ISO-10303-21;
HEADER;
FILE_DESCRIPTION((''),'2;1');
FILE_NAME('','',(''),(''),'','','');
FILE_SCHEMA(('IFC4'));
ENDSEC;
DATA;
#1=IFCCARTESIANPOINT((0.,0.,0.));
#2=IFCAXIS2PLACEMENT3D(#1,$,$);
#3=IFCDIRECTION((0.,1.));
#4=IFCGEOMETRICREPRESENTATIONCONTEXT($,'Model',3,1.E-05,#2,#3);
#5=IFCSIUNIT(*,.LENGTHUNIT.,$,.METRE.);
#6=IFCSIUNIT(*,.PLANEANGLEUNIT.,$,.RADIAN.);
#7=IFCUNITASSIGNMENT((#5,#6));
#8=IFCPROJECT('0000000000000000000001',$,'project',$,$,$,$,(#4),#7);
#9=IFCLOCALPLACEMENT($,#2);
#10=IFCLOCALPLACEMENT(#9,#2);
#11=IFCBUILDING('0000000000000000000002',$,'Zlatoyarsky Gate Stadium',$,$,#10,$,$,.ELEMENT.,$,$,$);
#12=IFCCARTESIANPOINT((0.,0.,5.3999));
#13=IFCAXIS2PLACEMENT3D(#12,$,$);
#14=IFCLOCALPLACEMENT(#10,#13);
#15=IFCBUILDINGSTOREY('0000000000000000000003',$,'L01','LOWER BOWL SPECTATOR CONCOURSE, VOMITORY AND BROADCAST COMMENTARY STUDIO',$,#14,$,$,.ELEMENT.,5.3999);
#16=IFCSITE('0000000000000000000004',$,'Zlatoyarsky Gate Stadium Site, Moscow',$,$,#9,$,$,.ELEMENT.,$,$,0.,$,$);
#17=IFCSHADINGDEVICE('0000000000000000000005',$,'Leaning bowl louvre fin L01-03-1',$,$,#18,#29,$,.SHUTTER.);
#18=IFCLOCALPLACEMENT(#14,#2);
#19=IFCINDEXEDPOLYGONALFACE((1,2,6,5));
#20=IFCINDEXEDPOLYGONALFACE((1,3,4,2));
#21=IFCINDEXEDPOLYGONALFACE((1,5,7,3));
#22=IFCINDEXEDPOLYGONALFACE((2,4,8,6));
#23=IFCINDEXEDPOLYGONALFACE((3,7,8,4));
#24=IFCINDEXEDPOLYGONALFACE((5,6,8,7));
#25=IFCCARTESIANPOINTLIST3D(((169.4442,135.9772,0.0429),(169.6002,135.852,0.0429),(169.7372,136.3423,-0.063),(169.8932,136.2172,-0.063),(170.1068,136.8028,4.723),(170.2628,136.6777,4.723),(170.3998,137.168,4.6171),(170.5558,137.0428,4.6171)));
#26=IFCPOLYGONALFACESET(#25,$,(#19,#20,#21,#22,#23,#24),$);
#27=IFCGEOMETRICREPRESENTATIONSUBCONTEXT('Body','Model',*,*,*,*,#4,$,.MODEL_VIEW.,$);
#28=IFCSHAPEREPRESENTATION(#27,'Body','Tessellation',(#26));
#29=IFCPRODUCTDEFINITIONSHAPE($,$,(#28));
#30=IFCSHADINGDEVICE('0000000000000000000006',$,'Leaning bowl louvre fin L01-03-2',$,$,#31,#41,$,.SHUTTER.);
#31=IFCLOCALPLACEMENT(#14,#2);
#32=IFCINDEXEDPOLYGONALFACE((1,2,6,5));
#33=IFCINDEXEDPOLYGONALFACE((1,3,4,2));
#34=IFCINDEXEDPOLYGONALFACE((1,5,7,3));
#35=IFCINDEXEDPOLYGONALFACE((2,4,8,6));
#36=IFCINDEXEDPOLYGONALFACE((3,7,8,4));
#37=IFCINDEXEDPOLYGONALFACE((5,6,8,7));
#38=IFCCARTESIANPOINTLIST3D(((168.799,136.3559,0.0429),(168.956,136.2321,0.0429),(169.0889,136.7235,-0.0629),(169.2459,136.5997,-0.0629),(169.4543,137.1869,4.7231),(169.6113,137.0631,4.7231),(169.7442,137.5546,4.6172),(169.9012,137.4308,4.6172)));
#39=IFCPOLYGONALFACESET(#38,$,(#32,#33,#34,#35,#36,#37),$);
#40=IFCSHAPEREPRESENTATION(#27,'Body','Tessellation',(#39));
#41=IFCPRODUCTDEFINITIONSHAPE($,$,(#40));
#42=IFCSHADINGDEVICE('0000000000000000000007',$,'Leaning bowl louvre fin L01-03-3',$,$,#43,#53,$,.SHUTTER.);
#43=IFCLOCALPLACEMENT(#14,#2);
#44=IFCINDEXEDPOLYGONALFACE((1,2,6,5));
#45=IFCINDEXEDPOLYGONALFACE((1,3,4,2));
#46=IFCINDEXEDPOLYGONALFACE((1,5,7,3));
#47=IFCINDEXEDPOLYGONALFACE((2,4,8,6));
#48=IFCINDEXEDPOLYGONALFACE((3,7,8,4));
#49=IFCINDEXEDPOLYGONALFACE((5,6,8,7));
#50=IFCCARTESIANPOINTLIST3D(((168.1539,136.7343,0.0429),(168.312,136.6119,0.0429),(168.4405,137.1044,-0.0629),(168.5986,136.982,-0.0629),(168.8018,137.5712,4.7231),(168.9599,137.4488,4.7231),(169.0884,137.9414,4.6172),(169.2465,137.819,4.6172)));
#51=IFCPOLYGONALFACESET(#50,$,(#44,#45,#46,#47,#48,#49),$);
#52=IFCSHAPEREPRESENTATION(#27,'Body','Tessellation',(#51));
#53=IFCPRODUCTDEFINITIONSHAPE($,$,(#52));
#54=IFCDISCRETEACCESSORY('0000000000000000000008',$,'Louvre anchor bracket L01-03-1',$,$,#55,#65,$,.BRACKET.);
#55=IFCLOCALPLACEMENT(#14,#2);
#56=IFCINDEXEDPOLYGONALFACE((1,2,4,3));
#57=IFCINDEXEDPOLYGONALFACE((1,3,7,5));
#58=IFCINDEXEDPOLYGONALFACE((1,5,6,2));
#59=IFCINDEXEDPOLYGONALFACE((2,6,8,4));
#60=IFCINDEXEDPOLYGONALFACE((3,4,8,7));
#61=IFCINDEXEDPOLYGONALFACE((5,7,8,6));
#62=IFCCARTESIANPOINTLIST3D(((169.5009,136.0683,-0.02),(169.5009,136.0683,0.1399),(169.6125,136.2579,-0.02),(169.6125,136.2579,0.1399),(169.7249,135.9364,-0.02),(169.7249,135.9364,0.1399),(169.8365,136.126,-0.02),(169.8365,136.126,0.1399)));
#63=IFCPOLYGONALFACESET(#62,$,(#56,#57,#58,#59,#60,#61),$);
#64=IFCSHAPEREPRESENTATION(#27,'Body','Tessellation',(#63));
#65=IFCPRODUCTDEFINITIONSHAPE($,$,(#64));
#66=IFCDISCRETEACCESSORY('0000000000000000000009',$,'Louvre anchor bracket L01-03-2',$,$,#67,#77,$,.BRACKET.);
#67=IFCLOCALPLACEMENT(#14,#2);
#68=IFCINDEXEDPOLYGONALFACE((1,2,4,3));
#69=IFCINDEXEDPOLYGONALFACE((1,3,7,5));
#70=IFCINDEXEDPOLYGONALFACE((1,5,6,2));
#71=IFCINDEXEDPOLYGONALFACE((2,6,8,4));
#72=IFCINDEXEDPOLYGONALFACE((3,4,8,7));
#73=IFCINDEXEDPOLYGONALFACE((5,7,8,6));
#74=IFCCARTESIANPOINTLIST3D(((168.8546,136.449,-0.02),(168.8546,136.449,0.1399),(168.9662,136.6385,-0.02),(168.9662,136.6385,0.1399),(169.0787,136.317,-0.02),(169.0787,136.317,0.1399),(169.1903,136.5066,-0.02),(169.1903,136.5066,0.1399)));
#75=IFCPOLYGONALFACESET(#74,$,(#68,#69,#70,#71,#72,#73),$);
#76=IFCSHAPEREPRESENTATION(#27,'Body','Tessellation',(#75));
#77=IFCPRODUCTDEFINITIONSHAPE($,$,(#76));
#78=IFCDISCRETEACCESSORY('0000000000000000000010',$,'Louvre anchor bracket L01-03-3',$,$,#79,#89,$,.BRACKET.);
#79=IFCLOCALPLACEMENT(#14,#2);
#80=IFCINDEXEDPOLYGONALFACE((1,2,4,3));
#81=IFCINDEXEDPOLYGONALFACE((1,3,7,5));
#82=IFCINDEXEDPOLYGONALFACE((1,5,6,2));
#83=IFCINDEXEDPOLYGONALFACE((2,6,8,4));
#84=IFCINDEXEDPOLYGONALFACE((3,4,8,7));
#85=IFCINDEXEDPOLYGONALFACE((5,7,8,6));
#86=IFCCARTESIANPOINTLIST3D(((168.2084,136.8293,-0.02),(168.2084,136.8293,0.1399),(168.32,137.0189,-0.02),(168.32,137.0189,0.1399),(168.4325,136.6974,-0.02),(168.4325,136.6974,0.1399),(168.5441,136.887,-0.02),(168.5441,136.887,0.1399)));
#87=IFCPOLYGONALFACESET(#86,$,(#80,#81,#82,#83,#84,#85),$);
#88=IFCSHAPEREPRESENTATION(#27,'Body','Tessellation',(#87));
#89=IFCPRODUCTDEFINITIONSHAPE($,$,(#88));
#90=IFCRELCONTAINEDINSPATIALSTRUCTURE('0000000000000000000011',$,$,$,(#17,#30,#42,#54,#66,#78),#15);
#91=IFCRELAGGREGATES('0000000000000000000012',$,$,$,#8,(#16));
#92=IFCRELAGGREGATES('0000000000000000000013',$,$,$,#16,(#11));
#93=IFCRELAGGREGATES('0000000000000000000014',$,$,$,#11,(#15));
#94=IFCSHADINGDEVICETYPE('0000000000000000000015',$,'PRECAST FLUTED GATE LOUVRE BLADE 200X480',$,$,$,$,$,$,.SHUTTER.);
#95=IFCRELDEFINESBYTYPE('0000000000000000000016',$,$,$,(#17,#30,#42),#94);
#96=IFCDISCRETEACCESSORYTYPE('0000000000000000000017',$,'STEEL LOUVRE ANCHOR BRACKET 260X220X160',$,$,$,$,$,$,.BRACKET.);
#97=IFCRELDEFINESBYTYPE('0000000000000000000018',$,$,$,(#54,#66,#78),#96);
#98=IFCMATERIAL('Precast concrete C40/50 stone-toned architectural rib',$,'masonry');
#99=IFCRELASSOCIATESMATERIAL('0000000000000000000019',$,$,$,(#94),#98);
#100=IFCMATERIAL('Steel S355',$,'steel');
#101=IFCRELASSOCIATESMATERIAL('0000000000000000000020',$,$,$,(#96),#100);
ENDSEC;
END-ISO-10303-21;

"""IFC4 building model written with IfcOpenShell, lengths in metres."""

from ifc_helpers import new_model, si_unit, direction, frame, origin, origin_2d, place, context, subcontext, project, spatial, rectangle, extrude, material, material_profile, profile_set, type_object, element, save


model = new_model("IFC4")

# Units and contexts
model_context = context("Model", 3, precision=1e-05, world=origin(), true_north=direction((0.0, 1.0)))
body_context = subcontext(model_context, "Body", "Model", "MODEL_VIEW")
ifc_project = project(units=[si_unit("LENGTHUNIT", "METRE"), si_unit("PLANEANGLEUNIT", "RADIAN")], contexts=[model_context])

# Site, building, storey
site_placement = place(None, origin())
site = spatial("IfcSite", under=ifc_project, at=site_placement, Name="Zlatoyarsky Gate Stadium Site, Moscow", CompositionType="ELEMENT", RefElevation=0.0)
building_placement = place(site_placement, origin())
building = spatial("IfcBuilding", under=site, at=building_placement, Name="Zlatoyarsky Gate Stadium", CompositionType="ELEMENT")
storey_placement = place(building_placement, frame((0.0, 0.0, 5.3999)))
storey = spatial("IfcBuildingStorey", under=building, at=storey_placement, Name="L01", Description="LOWER BOWL SPECTATOR CONCOURSE, VOMITORY AND BROADCAST COMMENTARY STUDIO", CompositionType="ELEMENT", Elevation=5.3999)

# Shared definitions
ifc_material_1 = material(Name="Steel S355", Category="steel")

# Shading devices
ifc_material_2 = material(Name="Precast concrete C40/50 stone-toned architectural rib", Category="masonry")
ifc_material_profile_1 = material_profile(ifc_material_2, rectangle(XDim=0.2, YDim=0.48, at=origin_2d()), Name="RIB 200X480")
ifc_profile_set_1 = profile_set([ifc_material_profile_1], Name="Precast concrete C40/50 stone-toned architectural rib")
shading_device_type = type_object("IfcShadingDeviceType", Name="PRECAST FLUTED GATE LOUVRE BLADE 200X480", PredefinedType="SHUTTER", material=ifc_profile_set_1)
for number, where, z_axis, x_axis, name in (
    (1, (169.6687, 136.0972, -0.01), (0.138087, 0.172074, 0.975358), (-0.779923, 0.625876, 0.0), "Leaning bowl louvre fin L01-03-1"),
    (2, (169.0225, 136.4778, -0.01), (0.136562, 0.173196, 0.975374), (-0.785261, 0.619165, 0.0), "Leaning bowl louvre fin L01-03-2"),
    (3, (168.3762, 136.8582, -0.01), (0.135035, 0.174416, 0.975369), (-0.790717, 0.612182, 0.0), "Leaning bowl louvre fin L01-03-3"),
):
    element("IfcShadingDevice", number, at=place(storey_placement, frame(where, z_axis=z_axis, x_axis=x_axis)), inside=storey, type_object=shading_device_type, Name=name, PredefinedType="SHUTTER", context=body_context, shape_type="SweptSolid", body=[
        extrude(rectangle(XDim=0.2, YDim=0.48, at=origin_2d()), origin(), (0.0, 0.0, 1.0), 4.7983),
    ])

# Discrete accessories
discrete_accessory_type = type_object("IfcDiscreteAccessoryType", Name="STEEL LOUVRE ANCHOR BRACKET 260X220X160", PredefinedType="BRACKET", material=ifc_material_1)
for number, where, z_axis, x_axis, name in (
    (4, (169.6687, 136.0972, -0.02), (0.0, 0.0, 1.0), (-0.861742, 0.507347, 0.0), "Louvre anchor bracket L01-03-1"),
    (5, (169.0225, 136.4778, -0.02), (0.0, 0.0, 1.0), (-0.861742, 0.507347, 0.0), "Louvre anchor bracket L01-03-2"),
    (6, (168.3762, 136.8582, -0.02), (0.0, 0.0, 1.0), (-0.861742, 0.507347, 0.0), "Louvre anchor bracket L01-03-3"),
):
    element("IfcDiscreteAccessory", number, at=place(storey_placement, frame(where, z_axis=z_axis, x_axis=x_axis)), inside=storey, type_object=discrete_accessory_type, Name=name, PredefinedType="BRACKET", context=body_context, shape_type="SweptSolid", body=[
        extrude(rectangle(XDim=0.26, YDim=0.22, at=origin_2d()), origin(), (0.0, 0.0, 1.0), 0.1599),
    ])

save(model, "model.ifc")
